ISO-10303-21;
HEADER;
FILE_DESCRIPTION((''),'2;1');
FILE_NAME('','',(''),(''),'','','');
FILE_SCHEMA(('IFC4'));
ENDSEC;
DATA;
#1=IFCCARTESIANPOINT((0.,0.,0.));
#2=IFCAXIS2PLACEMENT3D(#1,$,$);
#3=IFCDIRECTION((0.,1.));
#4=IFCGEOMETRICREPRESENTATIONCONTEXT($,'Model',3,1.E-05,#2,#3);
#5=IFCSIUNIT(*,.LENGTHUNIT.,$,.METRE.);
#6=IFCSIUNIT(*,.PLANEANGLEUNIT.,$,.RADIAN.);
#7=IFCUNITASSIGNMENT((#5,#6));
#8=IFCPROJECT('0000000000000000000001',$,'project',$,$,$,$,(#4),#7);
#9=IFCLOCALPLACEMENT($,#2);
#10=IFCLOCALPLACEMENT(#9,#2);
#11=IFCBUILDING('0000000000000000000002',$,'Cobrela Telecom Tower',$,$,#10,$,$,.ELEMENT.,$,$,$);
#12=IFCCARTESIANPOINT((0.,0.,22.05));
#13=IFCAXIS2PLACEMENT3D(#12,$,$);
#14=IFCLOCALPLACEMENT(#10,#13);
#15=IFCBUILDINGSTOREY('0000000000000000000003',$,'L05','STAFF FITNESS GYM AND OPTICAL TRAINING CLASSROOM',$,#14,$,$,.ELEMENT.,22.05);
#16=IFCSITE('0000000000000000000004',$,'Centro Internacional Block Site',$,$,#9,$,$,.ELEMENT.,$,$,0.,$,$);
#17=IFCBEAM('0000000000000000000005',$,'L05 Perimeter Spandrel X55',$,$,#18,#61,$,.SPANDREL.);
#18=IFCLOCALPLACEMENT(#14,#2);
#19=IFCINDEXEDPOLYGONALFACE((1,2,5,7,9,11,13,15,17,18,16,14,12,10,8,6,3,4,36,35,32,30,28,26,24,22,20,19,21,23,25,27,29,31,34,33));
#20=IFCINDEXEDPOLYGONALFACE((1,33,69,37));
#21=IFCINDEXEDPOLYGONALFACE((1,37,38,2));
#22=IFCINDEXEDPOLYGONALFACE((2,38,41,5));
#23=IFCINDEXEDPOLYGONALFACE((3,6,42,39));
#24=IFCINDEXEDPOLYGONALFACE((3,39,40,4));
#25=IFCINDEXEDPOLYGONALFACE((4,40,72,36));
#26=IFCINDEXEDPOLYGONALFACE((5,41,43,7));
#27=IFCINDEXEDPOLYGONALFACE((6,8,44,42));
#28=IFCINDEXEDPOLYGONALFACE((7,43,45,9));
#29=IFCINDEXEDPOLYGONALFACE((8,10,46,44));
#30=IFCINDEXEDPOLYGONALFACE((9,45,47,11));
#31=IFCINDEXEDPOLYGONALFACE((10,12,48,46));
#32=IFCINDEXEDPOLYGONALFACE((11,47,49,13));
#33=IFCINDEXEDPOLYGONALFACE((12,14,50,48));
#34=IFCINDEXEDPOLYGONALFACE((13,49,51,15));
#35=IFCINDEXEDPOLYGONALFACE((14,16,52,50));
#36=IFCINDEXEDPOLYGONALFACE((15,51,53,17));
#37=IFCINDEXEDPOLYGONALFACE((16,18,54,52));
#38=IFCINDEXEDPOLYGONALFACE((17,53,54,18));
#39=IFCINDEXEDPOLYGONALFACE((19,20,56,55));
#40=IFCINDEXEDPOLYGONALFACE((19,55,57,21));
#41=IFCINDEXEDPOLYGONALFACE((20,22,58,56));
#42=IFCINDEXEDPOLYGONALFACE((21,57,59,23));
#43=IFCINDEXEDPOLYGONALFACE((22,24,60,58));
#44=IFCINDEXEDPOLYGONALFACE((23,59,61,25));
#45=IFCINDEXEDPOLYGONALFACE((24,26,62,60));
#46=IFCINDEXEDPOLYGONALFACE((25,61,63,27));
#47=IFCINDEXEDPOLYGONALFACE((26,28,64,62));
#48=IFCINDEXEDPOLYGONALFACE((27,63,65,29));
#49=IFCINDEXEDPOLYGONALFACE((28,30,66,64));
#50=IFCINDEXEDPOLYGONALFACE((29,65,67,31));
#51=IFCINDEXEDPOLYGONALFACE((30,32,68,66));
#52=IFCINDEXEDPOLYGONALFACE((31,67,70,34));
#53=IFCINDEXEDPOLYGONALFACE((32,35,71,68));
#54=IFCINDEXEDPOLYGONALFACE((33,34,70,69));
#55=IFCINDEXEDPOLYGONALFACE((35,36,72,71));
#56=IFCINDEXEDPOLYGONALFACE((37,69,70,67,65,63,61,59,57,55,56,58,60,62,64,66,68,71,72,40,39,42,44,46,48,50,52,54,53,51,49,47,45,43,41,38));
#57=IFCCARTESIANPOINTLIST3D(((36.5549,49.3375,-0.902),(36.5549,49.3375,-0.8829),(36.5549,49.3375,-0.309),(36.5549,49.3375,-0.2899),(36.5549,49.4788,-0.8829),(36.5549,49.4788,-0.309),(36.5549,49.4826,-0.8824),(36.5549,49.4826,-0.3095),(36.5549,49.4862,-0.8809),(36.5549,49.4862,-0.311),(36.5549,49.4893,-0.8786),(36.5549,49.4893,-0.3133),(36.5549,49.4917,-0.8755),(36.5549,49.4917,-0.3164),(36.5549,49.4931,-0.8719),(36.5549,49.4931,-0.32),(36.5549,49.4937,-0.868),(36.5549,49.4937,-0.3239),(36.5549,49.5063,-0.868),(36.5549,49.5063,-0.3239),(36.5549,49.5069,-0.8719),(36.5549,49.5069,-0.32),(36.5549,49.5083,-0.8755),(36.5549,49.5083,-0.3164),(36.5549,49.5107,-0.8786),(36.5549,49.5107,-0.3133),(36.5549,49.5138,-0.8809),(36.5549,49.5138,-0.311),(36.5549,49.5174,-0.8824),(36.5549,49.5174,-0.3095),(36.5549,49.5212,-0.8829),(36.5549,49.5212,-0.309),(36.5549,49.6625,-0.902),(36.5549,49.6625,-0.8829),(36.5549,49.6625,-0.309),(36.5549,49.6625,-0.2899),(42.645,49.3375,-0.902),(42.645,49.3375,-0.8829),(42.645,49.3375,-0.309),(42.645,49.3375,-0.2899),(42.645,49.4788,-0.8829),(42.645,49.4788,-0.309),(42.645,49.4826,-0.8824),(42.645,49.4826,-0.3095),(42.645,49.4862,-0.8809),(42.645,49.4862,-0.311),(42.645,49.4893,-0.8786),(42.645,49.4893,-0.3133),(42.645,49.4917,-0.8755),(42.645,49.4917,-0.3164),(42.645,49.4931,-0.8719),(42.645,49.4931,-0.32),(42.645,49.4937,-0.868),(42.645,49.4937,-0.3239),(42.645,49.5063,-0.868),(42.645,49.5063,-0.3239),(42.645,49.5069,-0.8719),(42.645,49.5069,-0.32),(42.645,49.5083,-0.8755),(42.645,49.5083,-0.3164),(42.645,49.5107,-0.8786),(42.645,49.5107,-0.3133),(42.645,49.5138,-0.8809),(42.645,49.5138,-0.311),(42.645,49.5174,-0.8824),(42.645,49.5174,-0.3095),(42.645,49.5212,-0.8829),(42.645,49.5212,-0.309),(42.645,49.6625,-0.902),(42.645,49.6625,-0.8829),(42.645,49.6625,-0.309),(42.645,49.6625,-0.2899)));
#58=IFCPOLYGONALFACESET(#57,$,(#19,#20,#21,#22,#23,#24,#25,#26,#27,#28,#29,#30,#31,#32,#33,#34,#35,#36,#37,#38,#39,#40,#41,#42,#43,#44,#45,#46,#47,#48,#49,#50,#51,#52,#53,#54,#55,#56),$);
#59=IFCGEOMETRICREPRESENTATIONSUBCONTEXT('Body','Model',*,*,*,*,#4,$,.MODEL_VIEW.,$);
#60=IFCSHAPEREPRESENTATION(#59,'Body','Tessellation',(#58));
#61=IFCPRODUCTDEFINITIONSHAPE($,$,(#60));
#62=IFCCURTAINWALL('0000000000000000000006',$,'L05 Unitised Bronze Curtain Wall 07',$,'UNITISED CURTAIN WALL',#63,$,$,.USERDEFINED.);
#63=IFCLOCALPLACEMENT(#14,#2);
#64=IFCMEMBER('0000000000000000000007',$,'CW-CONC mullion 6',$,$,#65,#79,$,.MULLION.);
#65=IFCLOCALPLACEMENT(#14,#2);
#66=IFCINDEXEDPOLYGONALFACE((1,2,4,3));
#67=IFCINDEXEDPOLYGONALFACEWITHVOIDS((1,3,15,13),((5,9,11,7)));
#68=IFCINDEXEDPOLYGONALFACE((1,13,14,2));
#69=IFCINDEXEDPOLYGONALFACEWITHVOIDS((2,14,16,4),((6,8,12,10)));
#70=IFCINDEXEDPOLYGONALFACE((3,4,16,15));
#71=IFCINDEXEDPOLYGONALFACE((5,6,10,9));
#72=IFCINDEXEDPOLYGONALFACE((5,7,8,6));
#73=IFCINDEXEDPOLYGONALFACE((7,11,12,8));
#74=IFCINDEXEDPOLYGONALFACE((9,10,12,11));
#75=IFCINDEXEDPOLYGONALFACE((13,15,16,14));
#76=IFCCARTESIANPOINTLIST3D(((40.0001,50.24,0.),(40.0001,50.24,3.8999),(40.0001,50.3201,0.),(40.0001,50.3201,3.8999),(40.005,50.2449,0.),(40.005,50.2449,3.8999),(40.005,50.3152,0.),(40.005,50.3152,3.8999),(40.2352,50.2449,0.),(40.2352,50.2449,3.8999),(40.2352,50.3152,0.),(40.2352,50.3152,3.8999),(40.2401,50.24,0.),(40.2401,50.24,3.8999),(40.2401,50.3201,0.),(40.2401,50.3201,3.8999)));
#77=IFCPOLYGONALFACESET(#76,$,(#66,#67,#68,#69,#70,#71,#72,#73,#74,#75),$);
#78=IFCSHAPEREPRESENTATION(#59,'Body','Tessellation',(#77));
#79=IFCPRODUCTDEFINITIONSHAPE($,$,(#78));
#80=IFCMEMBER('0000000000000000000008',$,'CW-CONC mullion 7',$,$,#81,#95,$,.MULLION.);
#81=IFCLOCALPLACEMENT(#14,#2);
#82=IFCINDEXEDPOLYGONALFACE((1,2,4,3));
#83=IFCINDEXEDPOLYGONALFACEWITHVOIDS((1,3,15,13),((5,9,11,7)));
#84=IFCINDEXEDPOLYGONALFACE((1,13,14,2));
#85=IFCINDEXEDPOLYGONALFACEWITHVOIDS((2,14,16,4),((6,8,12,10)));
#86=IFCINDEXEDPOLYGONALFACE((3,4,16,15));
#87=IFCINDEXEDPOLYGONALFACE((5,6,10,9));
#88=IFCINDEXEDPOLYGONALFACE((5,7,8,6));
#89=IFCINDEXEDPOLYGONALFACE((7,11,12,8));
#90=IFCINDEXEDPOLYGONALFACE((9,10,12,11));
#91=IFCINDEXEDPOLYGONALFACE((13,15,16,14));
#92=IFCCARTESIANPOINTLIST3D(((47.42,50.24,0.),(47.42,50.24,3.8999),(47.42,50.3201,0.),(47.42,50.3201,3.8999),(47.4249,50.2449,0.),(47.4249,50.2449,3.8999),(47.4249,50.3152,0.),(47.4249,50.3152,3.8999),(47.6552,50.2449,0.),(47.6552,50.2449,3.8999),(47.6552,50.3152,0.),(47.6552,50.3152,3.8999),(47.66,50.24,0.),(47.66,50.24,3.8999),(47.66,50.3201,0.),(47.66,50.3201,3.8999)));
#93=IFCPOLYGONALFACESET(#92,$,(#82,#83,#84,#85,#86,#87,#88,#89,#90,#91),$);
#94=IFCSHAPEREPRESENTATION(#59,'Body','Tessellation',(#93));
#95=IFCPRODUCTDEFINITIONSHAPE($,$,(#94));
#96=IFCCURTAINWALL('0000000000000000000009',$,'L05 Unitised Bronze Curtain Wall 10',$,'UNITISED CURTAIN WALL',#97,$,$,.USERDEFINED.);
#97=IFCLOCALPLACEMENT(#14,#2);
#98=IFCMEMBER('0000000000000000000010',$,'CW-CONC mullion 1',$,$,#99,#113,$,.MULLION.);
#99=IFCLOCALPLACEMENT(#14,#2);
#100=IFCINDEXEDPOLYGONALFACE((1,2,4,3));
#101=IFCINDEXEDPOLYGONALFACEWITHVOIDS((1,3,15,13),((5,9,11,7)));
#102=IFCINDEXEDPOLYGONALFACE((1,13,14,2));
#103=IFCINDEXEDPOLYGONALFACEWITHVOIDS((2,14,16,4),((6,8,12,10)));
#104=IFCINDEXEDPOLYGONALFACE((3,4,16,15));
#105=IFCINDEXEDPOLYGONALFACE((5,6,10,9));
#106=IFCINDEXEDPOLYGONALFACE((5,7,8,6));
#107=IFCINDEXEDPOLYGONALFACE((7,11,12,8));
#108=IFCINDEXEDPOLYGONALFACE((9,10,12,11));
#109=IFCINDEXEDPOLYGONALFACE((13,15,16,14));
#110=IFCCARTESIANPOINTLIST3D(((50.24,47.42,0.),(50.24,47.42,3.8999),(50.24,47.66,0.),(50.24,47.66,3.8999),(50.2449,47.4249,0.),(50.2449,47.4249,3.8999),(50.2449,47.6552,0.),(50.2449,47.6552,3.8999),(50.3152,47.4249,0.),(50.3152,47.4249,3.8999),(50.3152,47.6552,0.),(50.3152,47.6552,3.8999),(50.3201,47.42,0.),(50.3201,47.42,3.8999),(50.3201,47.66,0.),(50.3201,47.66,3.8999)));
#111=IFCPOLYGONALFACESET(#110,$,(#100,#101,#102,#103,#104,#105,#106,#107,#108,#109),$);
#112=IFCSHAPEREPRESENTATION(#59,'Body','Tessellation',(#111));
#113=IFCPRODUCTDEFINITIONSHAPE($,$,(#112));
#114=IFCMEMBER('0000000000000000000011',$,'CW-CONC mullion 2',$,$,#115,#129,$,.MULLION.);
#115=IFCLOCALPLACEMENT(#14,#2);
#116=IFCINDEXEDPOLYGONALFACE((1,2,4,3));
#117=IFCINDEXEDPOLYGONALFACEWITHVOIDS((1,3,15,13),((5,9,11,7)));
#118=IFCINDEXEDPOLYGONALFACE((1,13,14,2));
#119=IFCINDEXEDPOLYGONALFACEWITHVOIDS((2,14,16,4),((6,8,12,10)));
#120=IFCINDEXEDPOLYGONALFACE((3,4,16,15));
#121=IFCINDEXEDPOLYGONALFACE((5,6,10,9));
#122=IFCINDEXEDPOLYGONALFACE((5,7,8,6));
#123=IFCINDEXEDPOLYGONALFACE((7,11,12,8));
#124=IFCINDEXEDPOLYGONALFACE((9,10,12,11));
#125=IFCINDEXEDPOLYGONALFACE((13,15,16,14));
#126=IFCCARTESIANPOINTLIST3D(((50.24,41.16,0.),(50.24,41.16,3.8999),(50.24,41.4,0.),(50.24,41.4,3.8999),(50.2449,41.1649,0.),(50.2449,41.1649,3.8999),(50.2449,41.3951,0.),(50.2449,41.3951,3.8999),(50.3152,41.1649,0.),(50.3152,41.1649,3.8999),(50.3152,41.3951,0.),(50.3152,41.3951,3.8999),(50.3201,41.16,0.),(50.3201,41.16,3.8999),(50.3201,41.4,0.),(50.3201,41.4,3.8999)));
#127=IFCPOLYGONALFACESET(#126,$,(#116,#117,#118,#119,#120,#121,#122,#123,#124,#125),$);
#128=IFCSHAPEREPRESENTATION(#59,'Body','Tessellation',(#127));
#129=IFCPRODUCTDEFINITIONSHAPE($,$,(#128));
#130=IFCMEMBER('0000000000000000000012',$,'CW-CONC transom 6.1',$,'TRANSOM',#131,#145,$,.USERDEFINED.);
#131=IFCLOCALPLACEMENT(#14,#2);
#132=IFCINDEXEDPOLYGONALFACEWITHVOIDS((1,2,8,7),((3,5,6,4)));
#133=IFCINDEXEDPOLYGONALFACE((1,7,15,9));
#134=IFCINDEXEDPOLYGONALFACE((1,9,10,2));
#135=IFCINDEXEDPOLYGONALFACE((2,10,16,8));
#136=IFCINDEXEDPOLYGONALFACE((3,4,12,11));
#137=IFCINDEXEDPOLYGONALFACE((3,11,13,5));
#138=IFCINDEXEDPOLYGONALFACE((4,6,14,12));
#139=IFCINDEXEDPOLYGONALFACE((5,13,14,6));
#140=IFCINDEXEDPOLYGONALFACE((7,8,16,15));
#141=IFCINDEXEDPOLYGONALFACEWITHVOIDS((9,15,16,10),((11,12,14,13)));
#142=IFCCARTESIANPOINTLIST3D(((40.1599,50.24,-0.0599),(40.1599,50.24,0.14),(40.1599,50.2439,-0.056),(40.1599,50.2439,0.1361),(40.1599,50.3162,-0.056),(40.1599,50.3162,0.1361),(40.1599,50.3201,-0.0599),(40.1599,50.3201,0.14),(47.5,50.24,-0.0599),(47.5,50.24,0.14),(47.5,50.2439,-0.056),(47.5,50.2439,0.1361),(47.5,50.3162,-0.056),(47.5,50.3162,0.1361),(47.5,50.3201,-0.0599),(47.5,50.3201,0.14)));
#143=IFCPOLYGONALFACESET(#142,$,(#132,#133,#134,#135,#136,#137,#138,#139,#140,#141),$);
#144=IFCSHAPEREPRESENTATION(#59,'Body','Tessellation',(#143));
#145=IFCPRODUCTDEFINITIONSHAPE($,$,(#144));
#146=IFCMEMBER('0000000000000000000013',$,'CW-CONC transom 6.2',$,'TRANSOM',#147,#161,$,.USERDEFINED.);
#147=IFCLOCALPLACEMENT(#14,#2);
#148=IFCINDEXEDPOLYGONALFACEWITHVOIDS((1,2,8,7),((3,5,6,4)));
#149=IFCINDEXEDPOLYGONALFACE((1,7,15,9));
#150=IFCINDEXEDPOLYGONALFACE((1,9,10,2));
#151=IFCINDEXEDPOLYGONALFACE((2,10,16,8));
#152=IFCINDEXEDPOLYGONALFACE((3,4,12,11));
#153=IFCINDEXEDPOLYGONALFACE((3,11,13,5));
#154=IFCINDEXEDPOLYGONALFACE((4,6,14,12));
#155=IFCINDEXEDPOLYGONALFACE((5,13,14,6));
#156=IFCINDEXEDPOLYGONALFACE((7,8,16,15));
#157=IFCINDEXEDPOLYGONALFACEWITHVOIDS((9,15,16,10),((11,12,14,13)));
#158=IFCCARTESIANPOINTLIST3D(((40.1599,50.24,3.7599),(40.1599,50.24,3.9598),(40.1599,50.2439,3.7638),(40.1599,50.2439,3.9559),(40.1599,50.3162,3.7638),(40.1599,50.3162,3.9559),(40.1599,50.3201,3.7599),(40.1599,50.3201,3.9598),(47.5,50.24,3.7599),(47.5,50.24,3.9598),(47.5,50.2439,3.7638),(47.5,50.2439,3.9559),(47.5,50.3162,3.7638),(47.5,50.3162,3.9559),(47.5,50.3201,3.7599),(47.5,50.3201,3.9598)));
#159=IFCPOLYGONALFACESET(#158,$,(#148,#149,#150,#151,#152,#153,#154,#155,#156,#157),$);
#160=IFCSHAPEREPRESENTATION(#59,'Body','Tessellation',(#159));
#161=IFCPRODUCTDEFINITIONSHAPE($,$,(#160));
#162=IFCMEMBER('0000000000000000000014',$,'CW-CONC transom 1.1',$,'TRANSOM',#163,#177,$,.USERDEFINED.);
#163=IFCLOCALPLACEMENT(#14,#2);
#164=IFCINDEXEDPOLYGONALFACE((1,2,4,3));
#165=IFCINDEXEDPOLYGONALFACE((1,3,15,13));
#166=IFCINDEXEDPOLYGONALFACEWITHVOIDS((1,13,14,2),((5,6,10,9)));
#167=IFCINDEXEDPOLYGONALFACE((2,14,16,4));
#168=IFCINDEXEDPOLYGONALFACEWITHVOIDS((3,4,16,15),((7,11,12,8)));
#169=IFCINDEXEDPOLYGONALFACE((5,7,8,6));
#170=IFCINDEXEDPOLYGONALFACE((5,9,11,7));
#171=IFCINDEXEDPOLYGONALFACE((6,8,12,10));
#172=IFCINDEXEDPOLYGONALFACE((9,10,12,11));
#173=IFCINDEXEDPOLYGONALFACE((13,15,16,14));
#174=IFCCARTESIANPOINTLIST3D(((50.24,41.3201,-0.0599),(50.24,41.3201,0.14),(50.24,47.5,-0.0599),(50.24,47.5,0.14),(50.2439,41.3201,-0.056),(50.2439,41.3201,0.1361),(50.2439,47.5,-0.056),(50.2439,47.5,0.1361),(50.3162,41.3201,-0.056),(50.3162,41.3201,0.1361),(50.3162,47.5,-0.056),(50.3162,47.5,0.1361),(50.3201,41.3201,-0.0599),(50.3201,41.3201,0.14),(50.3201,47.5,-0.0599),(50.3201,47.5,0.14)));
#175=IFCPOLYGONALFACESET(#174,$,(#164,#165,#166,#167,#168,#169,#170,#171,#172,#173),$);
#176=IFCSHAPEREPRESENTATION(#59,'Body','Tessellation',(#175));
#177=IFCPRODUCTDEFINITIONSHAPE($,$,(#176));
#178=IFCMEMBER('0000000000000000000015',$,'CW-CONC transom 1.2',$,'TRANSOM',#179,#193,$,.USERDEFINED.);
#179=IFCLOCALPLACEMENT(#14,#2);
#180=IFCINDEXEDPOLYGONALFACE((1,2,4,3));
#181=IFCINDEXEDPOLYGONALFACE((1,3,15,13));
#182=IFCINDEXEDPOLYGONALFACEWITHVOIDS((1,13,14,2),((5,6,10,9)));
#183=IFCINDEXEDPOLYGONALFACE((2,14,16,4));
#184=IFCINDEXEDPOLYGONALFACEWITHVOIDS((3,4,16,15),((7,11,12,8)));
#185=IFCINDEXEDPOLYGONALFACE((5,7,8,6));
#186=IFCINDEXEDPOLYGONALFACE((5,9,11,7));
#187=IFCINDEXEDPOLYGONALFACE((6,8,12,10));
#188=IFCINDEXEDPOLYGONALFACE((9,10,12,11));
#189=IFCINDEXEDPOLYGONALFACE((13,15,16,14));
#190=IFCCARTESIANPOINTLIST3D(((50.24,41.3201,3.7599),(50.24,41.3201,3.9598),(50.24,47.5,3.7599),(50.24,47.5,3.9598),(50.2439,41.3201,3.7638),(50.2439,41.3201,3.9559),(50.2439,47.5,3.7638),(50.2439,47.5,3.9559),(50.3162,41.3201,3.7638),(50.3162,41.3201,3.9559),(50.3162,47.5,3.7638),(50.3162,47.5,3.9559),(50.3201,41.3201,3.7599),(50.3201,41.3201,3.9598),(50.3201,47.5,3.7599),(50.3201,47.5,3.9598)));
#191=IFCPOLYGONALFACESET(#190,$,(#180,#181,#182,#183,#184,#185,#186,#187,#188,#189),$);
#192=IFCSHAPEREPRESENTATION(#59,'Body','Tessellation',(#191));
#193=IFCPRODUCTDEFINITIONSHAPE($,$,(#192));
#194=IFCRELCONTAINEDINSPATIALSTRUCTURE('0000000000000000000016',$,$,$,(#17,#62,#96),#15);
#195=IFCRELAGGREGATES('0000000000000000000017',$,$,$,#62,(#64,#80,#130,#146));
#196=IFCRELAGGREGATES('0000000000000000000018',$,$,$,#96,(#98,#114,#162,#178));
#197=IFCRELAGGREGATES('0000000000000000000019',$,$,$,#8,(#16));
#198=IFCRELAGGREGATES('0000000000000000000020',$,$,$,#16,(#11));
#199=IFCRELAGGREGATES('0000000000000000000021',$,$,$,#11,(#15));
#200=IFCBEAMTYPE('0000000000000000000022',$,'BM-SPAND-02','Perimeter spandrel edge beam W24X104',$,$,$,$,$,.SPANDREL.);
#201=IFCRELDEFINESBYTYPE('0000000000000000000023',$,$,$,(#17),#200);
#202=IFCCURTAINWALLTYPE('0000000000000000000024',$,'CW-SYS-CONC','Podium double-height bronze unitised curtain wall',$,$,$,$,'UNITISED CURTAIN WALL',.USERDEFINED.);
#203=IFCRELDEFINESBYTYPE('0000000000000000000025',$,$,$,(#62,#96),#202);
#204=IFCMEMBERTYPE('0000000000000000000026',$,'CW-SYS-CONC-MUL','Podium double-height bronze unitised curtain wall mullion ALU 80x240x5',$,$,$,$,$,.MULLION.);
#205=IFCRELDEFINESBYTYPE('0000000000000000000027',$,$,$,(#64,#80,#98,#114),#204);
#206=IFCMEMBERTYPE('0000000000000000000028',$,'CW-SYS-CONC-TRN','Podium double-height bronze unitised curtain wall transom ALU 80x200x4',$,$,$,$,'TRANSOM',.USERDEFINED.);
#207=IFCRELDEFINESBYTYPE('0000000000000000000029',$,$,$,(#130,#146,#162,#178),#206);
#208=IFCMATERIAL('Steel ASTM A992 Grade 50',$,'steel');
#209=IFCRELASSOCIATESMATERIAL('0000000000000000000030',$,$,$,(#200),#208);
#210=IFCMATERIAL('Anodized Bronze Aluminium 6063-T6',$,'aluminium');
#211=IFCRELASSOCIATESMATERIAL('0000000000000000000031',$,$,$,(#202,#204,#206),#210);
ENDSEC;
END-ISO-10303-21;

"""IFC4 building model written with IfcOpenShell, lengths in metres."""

from ifc_helpers import new_model, si_unit, direction, frame, origin, origin_2d, place, context, subcontext, project, spatial, hollow_rectangle, i_section, extrude, material, material_profile, profile_set, type_object, element, aggregate, save


model = new_model("IFC4")

# Units and contexts
model_context = context("Model", 3, precision=1e-05, world=origin(), true_north=direction((0.0, 1.0)))
body_context = subcontext(model_context, "Body", "Model", "MODEL_VIEW")
ifc_project = project(units=[si_unit("LENGTHUNIT", "METRE"), si_unit("PLANEANGLEUNIT", "RADIAN")], contexts=[model_context])

# Site, building, storey
site_placement = place(None, origin())
site = spatial("IfcSite", under=ifc_project, at=site_placement, Name="Centro Internacional Block Site", CompositionType="ELEMENT", RefElevation=0.0)
building_placement = place(site_placement, origin())
building = spatial("IfcBuilding", under=site, at=building_placement, Name="Cobrela Telecom Tower", CompositionType="ELEMENT")
storey_placement = place(building_placement, frame((0.0, 0.0, 22.05)))
storey = spatial("IfcBuildingStorey", under=building, at=storey_placement, Name="L05", Description="STAFF FITNESS GYM AND OPTICAL TRAINING CLASSROOM", CompositionType="ELEMENT", Elevation=22.05)

# Beam
ifc_material_1 = material(Name="Steel ASTM A992 Grade 50", Category="steel")
ifc_material_profile_1 = material_profile(ifc_material_1, i_section(OverallWidth=0.325, OverallDepth=0.6121, WebThickness=0.0127, FlangeThickness=0.019, FilletRadius=0.0149, at=origin_2d()), Name="W24X104")
ifc_profile_set_1 = profile_set([ifc_material_profile_1], Name="Steel ASTM A992 Grade 50")
beam_type_1 = type_object("IfcBeamType", Name="BM-SPAND-02", Description="Perimeter spandrel edge beam W24X104", PredefinedType="SPANDREL", material=ifc_profile_set_1)
beam_1_placement = place(storey_placement, frame((36.5549, 49.5, -0.5959), z_axis=(1.0, 0.0, 0.0), x_axis=(0.0, 1.0, 0.0)))
element("IfcBeam", 1, at=beam_1_placement, inside=storey, type_object=beam_type_1, Name="L05 Perimeter Spandrel X55", PredefinedType="SPANDREL", context=body_context, shape_type="SweptSolid", body=[
    extrude(i_section(OverallWidth=0.325, OverallDepth=0.6121, WebThickness=0.0127, FlangeThickness=0.019, FilletRadius=0.0149, at=origin_2d()), origin(), (0.0, 0.0, 1.0), 6.0901),
])

# Curtain walls, members
ifc_material_2 = material(Name="Anodized Bronze Aluminium 6063-T6", Category="aluminium")
curtain_wall_type = type_object("IfcCurtainWallType", Name="CW-SYS-CONC", Description="Podium double-height bronze unitised curtain wall", ElementType="UNITISED CURTAIN WALL", PredefinedType="USERDEFINED", material=ifc_material_2)
curtain_wall_1_placement = place(storey_placement, origin())
curtain_wall_1 = element("IfcCurtainWall", 2, at=curtain_wall_1_placement, inside=storey, type_object=curtain_wall_type, Name="L05 Unitised Bronze Curtain Wall 07", ObjectType="UNITISED CURTAIN WALL", PredefinedType="USERDEFINED")
ifc_material_profile_2 = material_profile(ifc_material_2, hollow_rectangle(XDim=0.0801, YDim=0.24, WallThickness=0.0049, at=origin_2d()), Name="ALU 80x240x5")
ifc_profile_set_2 = profile_set([ifc_material_profile_2], Name="Anodized Bronze Aluminium 6063-T6")
member_type_1 = type_object("IfcMemberType", Name="CW-SYS-CONC-MUL", Description="Podium double-height bronze unitised curtain wall mullion ALU 80x240x5", PredefinedType="MULLION", material=ifc_profile_set_2)
member_1_placement = place(storey_placement, frame((40.1201, 50.28, 0.0), z_axis=(0.0, 0.0, 1.0), x_axis=(0.0, 1.0, 0.0)))
member_1 = element("IfcMember", 3, at=member_1_placement, type_object=member_type_1, Name="CW-CONC mullion 6", PredefinedType="MULLION", context=body_context, shape_type="SweptSolid", body=[
    extrude(hollow_rectangle(XDim=0.0801, YDim=0.24, WallThickness=0.0049, at=origin_2d()), origin(), (0.0, 0.0, 1.0), 3.8999),
])
member_2_placement = place(storey_placement, frame((47.54, 50.28, 0.0), z_axis=(0.0, 0.0, 1.0), x_axis=(0.0, 1.0, 0.0)))
member_2 = element("IfcMember", 4, at=member_2_placement, type_object=member_type_1, Name="CW-CONC mullion 7", PredefinedType="MULLION", context=body_context, shape_type="SweptSolid", body=[
    extrude(hollow_rectangle(XDim=0.0801, YDim=0.24, WallThickness=0.0049, at=origin_2d()), origin(), (0.0, 0.0, 1.0), 3.8999),
])
curtain_wall_2_placement = place(storey_placement, origin())
curtain_wall_2 = element("IfcCurtainWall", 5, at=curtain_wall_2_placement, inside=storey, type_object=curtain_wall_type, Name="L05 Unitised Bronze Curtain Wall 10", ObjectType="UNITISED CURTAIN WALL", PredefinedType="USERDEFINED")
member_3_placement = place(storey_placement, frame((50.28, 47.54, 0.0), z_axis=(0.0, 0.0, 1.0), x_axis=(1.0, 0.0, 0.0)))
member_3 = element("IfcMember", 6, at=member_3_placement, type_object=member_type_1, Name="CW-CONC mullion 1", PredefinedType="MULLION", context=body_context, shape_type="SweptSolid", body=[
    extrude(hollow_rectangle(XDim=0.0801, YDim=0.24, WallThickness=0.0049, at=origin_2d()), origin(), (0.0, 0.0, 1.0), 3.8999),
])
member_4_placement = place(storey_placement, frame((50.28, 41.28, 0.0), z_axis=(0.0, 0.0, 1.0), x_axis=(1.0, 0.0, 0.0)))
member_4 = element("IfcMember", 7, at=member_4_placement, type_object=member_type_1, Name="CW-CONC mullion 2", PredefinedType="MULLION", context=body_context, shape_type="SweptSolid", body=[
    extrude(hollow_rectangle(XDim=0.0801, YDim=0.24, WallThickness=0.0049, at=origin_2d()), origin(), (0.0, 0.0, 1.0), 3.8999),
])

# Members
ifc_material_profile_3 = material_profile(ifc_material_2, hollow_rectangle(XDim=0.0801, YDim=0.2, WallThickness=0.0039, at=origin_2d()), Name="ALU 80x200x4")
ifc_profile_set_3 = profile_set([ifc_material_profile_3], Name="Anodized Bronze Aluminium 6063-T6")
member_type_2 = type_object("IfcMemberType", Name="CW-SYS-CONC-TRN", Description="Podium double-height bronze unitised curtain wall transom ALU 80x200x4", ElementType="TRANSOM", PredefinedType="USERDEFINED", material=ifc_profile_set_3)
member_5_placement = place(storey_placement, frame((40.1599, 50.28, 0.04), z_axis=(1.0, 0.0, 0.0), x_axis=(0.0, 1.0, 0.0)))
member_5 = element("IfcMember", 8, at=member_5_placement, type_object=member_type_2, Name="CW-CONC transom 6.1", ObjectType="TRANSOM", PredefinedType="USERDEFINED", context=body_context, shape_type="SweptSolid", body=[
    extrude(hollow_rectangle(XDim=0.0801, YDim=0.2, WallThickness=0.0039, at=origin_2d()), origin(), (0.0, 0.0, 1.0), 7.3401),
])
member_6_placement = place(storey_placement, frame((40.1599, 50.28, 3.8599), z_axis=(1.0, 0.0, 0.0), x_axis=(0.0, 1.0, 0.0)))
member_6 = element("IfcMember", 9, at=member_6_placement, type_object=member_type_2, Name="CW-CONC transom 6.2", ObjectType="TRANSOM", PredefinedType="USERDEFINED", context=body_context, shape_type="SweptSolid", body=[
    extrude(hollow_rectangle(XDim=0.0801, YDim=0.2, WallThickness=0.0039, at=origin_2d()), origin(), (0.0, 0.0, 1.0), 7.3401),
])
member_7_placement = place(storey_placement, frame((50.28, 47.5, 0.04), z_axis=(0.0, -1.0, 0.0), x_axis=(1.0, 0.0, 0.0)))
member_7 = element("IfcMember", 10, at=member_7_placement, type_object=member_type_2, Name="CW-CONC transom 1.1", ObjectType="TRANSOM", PredefinedType="USERDEFINED", context=body_context, shape_type="SweptSolid", body=[
    extrude(hollow_rectangle(XDim=0.0801, YDim=0.2, WallThickness=0.0039, at=origin_2d()), origin(), (0.0, 0.0, 1.0), 6.1799),
])
member_8_placement = place(storey_placement, frame((50.28, 47.5, 3.8599), z_axis=(0.0, -1.0, 0.0), x_axis=(1.0, 0.0, 0.0)))
member_8 = element("IfcMember", 11, at=member_8_placement, type_object=member_type_2, Name="CW-CONC transom 1.2", ObjectType="TRANSOM", PredefinedType="USERDEFINED", context=body_context, shape_type="SweptSolid", body=[
    extrude(hollow_rectangle(XDim=0.0801, YDim=0.2, WallThickness=0.0039, at=origin_2d()), origin(), (0.0, 0.0, 1.0), 6.1799),
])

aggregate(curtain_wall_1, [member_1, member_2, member_5, member_6])
aggregate(curtain_wall_2, [member_3, member_4, member_7, member_8])

save(model, "model.ifc")
